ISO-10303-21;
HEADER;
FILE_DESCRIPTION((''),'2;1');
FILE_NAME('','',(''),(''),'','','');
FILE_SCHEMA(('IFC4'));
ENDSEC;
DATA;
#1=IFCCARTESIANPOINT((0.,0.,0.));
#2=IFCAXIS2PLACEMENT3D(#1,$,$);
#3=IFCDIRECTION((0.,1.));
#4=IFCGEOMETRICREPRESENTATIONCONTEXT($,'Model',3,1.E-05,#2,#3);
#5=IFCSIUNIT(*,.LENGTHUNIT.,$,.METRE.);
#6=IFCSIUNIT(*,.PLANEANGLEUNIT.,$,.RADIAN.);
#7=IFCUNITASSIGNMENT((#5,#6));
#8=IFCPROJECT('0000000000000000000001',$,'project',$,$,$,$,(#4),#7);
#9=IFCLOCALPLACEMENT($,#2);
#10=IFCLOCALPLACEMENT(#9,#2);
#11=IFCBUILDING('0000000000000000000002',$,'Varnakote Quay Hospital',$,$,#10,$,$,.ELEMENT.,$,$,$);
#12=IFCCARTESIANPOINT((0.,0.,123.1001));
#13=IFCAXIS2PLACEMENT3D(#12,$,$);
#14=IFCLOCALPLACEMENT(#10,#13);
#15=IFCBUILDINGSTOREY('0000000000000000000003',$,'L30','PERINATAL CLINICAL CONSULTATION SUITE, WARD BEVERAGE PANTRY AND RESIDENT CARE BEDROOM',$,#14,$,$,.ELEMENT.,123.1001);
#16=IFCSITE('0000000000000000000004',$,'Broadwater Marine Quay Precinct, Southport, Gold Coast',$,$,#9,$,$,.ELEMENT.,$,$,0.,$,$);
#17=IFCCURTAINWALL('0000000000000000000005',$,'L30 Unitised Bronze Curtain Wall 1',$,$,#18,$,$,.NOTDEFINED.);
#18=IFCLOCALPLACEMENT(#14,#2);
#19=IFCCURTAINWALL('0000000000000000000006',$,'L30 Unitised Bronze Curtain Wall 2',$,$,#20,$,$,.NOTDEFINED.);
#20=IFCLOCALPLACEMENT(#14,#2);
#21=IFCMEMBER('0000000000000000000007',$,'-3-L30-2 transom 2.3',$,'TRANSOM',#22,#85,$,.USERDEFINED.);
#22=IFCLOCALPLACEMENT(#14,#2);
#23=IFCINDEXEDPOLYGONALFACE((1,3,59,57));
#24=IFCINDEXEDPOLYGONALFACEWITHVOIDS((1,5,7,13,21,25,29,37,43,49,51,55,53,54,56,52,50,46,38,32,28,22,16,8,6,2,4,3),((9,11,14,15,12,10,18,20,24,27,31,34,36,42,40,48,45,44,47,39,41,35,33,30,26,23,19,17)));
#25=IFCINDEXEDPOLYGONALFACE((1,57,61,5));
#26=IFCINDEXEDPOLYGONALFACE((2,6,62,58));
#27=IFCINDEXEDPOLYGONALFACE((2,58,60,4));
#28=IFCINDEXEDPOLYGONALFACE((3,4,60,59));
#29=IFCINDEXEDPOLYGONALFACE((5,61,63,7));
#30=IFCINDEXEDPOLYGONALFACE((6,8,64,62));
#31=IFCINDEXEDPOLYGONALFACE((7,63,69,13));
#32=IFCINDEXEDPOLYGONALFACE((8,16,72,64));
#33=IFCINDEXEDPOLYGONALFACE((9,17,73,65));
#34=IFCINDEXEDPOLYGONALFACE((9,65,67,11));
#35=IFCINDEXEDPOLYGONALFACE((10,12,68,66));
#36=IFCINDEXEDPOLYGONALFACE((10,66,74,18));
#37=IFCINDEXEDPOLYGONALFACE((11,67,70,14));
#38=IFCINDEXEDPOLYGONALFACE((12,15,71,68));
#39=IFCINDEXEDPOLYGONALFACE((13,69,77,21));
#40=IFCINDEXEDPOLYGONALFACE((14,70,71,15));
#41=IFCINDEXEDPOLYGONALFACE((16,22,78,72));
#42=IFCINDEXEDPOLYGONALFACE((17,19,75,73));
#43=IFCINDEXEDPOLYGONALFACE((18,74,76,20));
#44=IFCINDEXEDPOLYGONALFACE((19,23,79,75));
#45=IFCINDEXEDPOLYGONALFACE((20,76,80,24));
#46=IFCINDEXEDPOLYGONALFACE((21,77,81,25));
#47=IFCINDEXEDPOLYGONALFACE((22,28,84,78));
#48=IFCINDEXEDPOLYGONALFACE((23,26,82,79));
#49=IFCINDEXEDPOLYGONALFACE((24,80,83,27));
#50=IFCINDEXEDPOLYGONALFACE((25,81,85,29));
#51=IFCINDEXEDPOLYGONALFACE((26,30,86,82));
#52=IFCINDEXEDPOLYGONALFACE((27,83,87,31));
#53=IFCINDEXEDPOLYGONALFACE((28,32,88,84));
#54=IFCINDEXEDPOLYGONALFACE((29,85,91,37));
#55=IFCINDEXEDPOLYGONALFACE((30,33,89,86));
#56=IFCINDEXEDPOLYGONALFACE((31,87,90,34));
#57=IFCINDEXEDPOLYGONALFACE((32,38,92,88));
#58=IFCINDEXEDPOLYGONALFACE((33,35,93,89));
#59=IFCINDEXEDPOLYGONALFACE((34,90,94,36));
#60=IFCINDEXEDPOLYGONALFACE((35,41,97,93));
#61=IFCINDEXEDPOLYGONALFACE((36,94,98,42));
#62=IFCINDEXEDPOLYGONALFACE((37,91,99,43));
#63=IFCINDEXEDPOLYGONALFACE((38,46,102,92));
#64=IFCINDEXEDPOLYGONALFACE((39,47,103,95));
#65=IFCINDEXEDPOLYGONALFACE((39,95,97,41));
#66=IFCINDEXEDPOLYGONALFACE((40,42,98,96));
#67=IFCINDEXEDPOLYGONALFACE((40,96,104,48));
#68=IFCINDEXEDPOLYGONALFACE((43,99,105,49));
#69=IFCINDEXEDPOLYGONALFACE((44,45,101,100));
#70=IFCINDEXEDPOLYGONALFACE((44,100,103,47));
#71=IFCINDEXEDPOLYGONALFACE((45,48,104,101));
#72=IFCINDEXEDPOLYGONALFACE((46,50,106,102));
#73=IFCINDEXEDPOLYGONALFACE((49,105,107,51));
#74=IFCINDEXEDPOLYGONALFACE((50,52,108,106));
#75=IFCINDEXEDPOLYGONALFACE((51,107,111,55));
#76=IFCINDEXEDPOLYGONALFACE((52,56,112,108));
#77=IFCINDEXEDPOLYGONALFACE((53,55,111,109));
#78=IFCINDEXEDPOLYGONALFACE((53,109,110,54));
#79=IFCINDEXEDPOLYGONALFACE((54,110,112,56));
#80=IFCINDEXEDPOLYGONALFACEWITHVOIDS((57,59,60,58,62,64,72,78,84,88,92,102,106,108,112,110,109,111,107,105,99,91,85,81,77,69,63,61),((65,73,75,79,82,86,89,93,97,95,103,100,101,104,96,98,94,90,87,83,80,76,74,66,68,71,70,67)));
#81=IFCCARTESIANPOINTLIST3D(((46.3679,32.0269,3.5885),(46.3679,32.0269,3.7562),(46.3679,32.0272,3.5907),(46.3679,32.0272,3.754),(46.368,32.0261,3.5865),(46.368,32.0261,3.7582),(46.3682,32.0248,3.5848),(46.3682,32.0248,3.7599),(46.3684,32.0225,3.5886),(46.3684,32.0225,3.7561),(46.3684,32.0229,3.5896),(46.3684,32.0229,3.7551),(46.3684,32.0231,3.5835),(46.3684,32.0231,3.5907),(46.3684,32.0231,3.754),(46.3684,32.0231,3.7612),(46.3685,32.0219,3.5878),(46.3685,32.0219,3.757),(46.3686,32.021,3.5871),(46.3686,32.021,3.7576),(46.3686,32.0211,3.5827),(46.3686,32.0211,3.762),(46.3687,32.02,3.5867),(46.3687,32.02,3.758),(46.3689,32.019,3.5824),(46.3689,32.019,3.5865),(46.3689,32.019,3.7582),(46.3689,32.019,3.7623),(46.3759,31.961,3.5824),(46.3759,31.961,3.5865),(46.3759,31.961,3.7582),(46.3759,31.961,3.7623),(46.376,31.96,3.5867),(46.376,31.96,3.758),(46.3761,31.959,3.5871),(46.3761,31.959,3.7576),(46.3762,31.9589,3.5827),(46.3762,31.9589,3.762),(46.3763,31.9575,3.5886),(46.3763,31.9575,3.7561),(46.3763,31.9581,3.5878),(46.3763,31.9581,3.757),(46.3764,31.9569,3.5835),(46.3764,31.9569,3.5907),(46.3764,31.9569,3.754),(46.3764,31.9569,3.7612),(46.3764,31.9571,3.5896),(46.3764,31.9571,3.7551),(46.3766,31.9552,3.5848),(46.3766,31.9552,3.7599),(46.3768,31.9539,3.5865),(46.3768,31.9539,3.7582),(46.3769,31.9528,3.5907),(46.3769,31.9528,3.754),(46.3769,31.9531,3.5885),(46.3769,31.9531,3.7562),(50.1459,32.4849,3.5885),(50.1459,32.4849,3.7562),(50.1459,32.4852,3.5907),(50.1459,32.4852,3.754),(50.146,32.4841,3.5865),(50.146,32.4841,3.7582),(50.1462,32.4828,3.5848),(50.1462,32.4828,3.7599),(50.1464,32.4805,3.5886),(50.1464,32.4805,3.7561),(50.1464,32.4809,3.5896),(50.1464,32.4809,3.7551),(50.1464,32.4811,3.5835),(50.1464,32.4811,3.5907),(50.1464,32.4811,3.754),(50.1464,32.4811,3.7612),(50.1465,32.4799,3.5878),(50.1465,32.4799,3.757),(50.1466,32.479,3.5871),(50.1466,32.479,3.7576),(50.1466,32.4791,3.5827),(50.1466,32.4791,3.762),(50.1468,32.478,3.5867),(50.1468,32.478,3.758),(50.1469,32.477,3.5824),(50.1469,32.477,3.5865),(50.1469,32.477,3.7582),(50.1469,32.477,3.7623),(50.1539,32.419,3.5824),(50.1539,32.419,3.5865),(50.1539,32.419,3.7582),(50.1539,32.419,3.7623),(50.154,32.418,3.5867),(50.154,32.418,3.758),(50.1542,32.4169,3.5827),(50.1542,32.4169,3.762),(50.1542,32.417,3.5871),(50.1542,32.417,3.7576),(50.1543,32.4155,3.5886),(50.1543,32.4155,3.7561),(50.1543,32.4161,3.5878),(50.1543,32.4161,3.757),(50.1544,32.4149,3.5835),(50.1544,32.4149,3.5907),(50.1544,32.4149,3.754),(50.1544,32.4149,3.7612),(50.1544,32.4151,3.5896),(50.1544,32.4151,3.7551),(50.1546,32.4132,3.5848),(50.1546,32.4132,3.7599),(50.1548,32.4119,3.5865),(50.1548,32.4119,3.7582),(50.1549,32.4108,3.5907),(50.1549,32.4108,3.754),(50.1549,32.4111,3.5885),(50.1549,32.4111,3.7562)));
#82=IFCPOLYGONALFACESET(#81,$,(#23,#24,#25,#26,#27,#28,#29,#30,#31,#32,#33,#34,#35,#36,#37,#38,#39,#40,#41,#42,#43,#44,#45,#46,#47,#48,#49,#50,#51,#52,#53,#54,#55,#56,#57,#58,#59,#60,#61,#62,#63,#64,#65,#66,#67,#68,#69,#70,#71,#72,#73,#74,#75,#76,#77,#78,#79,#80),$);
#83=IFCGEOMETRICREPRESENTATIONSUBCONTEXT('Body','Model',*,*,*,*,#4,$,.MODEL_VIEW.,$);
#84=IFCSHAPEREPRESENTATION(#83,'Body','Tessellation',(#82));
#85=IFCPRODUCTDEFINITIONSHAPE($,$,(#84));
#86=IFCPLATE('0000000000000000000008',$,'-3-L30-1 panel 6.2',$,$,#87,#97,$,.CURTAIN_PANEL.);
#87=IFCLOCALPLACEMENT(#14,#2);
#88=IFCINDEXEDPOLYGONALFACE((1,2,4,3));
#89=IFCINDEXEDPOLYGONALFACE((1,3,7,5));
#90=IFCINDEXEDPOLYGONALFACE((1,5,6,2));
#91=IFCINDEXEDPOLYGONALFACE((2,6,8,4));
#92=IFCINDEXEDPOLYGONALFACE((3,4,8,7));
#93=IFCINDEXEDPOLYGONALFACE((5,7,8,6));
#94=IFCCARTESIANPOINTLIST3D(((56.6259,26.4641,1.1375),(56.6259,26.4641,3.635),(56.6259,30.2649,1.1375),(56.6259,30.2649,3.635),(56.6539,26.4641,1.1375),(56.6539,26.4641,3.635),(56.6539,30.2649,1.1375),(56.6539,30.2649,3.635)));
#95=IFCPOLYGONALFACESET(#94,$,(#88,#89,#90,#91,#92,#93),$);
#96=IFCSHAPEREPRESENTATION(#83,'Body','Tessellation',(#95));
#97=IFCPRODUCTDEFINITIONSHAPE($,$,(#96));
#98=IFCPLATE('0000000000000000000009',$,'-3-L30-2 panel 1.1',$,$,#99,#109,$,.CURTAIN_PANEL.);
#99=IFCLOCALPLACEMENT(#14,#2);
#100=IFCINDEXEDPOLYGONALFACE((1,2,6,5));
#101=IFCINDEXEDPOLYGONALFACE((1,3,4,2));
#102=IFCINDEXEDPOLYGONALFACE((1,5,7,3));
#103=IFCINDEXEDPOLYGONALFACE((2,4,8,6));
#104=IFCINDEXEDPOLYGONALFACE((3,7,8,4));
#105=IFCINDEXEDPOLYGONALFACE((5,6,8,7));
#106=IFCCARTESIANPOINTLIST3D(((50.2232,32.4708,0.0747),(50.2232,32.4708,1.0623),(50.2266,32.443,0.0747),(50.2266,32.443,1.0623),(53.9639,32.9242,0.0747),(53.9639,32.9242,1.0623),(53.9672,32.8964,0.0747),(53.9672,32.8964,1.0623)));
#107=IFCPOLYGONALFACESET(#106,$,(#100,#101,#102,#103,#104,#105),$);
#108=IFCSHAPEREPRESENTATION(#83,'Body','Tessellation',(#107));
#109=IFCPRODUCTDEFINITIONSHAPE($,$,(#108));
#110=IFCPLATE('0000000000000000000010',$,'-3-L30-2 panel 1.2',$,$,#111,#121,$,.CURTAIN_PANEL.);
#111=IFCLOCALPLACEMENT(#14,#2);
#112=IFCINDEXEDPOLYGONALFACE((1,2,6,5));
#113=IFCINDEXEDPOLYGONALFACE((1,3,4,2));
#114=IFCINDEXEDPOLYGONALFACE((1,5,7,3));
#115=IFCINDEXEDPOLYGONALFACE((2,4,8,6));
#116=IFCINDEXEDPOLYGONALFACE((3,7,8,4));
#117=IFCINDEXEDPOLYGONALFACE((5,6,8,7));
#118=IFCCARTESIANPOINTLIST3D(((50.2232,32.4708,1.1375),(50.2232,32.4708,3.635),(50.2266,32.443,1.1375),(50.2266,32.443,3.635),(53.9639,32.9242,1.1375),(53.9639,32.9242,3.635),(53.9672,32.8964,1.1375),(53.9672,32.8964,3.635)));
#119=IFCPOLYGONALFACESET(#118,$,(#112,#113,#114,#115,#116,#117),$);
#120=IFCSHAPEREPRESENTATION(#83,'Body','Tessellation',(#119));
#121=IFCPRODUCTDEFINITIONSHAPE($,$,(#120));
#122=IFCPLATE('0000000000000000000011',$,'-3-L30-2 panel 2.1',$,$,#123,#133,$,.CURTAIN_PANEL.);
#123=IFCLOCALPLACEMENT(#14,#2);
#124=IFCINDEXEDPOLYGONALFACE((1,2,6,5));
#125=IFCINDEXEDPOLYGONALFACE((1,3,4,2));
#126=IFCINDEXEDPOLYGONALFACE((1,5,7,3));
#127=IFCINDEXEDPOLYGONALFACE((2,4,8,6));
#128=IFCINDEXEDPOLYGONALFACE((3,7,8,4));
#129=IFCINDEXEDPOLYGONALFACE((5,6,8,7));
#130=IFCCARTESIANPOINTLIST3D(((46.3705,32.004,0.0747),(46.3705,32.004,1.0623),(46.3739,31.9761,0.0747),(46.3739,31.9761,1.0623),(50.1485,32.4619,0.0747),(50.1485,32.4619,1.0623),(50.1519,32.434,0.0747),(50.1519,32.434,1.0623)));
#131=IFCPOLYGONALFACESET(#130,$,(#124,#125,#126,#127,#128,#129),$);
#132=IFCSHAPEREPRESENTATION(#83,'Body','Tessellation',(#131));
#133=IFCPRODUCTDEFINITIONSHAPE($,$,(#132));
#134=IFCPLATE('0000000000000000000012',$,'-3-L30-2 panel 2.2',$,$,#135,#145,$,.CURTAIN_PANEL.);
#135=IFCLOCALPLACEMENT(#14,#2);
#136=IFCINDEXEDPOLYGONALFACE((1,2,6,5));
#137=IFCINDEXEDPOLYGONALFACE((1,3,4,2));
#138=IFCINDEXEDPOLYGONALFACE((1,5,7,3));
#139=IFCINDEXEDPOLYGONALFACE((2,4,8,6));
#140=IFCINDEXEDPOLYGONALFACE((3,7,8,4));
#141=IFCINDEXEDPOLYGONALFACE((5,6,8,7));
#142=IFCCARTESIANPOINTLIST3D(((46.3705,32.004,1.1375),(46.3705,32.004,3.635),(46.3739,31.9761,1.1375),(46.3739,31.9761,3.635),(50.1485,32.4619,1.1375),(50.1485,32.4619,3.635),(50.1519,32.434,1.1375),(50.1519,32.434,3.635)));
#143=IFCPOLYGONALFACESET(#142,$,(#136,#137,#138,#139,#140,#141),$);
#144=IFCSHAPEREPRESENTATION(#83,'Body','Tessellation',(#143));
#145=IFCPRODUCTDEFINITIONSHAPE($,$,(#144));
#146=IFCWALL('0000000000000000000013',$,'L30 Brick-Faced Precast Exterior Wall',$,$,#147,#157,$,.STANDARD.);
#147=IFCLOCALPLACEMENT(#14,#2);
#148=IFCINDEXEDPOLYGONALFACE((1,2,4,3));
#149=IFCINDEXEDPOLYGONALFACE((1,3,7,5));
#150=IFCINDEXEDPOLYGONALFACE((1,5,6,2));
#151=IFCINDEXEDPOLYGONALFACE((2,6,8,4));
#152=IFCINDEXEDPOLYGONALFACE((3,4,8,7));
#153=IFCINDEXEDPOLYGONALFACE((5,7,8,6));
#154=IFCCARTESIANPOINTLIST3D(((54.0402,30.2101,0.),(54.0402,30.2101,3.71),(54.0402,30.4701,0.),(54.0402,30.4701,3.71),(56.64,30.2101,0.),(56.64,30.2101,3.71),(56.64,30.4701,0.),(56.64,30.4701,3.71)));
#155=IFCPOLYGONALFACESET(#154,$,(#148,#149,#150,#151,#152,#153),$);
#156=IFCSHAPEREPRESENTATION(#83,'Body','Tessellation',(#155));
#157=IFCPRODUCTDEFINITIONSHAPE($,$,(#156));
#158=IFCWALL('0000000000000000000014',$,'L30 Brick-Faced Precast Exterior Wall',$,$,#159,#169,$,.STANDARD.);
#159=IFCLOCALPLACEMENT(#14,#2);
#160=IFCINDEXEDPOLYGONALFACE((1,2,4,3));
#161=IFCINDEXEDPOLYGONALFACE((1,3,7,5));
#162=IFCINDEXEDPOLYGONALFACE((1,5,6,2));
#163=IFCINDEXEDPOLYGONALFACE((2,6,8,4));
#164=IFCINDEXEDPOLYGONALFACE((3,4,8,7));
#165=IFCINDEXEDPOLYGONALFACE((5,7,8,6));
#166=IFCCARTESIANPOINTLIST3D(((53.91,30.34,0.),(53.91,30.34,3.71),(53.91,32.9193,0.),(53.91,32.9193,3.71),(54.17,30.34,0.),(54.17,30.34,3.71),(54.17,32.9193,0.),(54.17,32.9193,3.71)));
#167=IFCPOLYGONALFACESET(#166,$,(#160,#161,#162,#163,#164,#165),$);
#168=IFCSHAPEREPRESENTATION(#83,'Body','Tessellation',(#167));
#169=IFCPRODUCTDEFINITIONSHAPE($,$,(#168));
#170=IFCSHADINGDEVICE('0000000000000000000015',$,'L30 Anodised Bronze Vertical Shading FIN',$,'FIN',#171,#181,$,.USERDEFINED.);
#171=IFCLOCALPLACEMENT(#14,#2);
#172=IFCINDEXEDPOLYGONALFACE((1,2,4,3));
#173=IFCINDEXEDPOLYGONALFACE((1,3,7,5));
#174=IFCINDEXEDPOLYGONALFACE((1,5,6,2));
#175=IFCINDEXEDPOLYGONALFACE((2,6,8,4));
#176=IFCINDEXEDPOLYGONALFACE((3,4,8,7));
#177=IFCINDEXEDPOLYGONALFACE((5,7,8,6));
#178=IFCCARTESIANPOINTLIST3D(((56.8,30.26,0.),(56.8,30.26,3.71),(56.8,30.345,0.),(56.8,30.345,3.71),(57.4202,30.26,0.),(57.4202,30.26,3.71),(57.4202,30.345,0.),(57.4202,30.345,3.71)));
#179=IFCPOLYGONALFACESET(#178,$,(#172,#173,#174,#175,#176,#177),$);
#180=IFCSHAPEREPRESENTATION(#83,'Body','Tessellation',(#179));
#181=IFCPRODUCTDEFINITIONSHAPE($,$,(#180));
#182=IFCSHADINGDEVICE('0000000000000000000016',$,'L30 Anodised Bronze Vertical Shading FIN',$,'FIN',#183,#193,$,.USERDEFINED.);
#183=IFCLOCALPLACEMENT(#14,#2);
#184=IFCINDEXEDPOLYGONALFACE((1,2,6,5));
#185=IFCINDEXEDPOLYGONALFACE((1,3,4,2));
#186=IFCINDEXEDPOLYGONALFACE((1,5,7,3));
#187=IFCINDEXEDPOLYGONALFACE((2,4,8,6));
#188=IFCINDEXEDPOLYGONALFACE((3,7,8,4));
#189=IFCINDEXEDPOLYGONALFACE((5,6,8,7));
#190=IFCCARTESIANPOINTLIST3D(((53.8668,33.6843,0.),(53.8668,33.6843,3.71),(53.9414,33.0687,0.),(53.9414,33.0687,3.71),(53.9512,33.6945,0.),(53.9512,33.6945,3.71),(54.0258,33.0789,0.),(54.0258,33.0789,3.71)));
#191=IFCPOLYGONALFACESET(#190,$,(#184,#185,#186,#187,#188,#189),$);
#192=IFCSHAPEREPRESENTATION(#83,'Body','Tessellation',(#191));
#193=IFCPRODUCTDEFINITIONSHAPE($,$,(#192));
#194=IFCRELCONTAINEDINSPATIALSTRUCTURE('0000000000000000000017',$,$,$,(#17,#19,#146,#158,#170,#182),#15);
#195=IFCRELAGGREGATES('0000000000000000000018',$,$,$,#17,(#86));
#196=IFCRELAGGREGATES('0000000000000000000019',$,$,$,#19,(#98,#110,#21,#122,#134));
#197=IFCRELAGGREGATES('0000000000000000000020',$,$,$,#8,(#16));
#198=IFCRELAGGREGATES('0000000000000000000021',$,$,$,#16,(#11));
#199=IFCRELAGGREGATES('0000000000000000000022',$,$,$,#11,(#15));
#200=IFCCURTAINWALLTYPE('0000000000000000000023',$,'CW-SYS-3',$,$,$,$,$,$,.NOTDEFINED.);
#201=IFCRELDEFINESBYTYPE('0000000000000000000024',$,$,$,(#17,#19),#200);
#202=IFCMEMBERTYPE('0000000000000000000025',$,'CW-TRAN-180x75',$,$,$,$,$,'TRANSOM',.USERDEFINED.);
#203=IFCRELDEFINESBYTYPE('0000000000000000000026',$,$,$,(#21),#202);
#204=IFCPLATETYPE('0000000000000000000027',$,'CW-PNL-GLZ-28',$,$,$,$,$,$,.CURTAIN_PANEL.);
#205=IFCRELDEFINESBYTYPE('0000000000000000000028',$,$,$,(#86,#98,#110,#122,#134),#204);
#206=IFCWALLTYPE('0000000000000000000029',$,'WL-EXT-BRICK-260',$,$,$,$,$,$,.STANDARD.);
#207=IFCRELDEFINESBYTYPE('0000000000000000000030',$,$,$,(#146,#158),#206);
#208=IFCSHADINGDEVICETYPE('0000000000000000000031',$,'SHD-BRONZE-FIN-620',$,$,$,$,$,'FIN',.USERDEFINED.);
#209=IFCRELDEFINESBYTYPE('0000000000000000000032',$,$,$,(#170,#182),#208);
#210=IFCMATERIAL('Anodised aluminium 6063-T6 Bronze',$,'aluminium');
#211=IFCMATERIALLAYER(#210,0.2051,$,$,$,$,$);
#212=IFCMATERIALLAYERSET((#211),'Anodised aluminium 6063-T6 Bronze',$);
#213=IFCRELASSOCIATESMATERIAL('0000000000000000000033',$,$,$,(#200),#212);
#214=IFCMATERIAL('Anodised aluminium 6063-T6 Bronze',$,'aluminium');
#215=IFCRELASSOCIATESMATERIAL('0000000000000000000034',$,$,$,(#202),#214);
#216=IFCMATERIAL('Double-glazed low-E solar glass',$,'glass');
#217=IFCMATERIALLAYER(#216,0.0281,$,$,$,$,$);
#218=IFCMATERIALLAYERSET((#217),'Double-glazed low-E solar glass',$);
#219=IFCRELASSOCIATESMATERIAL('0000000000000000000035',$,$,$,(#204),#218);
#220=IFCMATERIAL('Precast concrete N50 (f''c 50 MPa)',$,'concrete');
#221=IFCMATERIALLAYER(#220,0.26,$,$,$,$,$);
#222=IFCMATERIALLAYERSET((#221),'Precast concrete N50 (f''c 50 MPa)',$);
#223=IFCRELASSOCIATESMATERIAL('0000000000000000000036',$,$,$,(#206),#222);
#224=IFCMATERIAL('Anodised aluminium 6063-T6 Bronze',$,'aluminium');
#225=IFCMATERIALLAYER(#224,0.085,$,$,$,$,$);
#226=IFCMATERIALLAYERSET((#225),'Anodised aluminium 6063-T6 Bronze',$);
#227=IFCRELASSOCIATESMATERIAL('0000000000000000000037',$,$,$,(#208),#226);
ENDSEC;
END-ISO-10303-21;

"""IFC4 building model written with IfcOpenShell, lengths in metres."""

from ifc_helpers import new_model, si_unit, direction, frame, frame_2d, origin, origin_2d, place, context, subcontext, project, spatial, rectangle, hollow_rectangle, extrude, material, layer, layer_set, material_profile, profile_set, type_object, element, aggregate, save


model = new_model("IFC4")

# Units and contexts
model_context = context("Model", 3, precision=1e-05, world=origin(), true_north=direction((0.0, 1.0)))
body_context = subcontext(model_context, "Body", "Model", "MODEL_VIEW")
ifc_project = project(units=[si_unit("LENGTHUNIT", "METRE"), si_unit("PLANEANGLEUNIT", "RADIAN")], contexts=[model_context])

# Site, building, storey
site_placement = place(None, origin())
site = spatial("IfcSite", under=ifc_project, at=site_placement, Name="Broadwater Marine Quay Precinct, Southport, Gold Coast", CompositionType="ELEMENT", RefElevation=0.0)
building_placement = place(site_placement, origin())
building = spatial("IfcBuilding", under=site, at=building_placement, Name="Varnakote Quay Hospital", CompositionType="ELEMENT")
storey_placement = place(building_placement, frame((0.0, 0.0, 123.1001)))
storey = spatial("IfcBuildingStorey", under=building, at=storey_placement, Name="L30", Description="PERINATAL CLINICAL CONSULTATION SUITE, WARD BEVERAGE PANTRY AND RESIDENT CARE BEDROOM", CompositionType="ELEMENT", Elevation=123.1001)

# Curtain wall
ifc_material_1 = material(Name="Anodised aluminium 6063-T6 Bronze", Category="aluminium")
ifc_layer_1 = layer(ifc_material_1, 0.2051)
ifc_layer_set_1 = layer_set([ifc_layer_1], Name="Anodised aluminium 6063-T6 Bronze")
curtain_wall_type = type_object("IfcCurtainWallType", Name="CW-SYS-3", PredefinedType="NOTDEFINED", material=ifc_layer_set_1)
curtain_wall_1_placement = place(storey_placement, origin())
curtain_wall_1 = element("IfcCurtainWall", 1, at=curtain_wall_1_placement, inside=storey, type_object=curtain_wall_type, Name="L30 Unitised Bronze Curtain Wall 1", PredefinedType="NOTDEFINED")

# Curtain wall, member
curtain_wall_2_placement = place(storey_placement, origin())
curtain_wall_2 = element("IfcCurtainWall", 2, at=curtain_wall_2_placement, inside=storey, type_object=curtain_wall_type, Name="L30 Unitised Bronze Curtain Wall 2", PredefinedType="NOTDEFINED")
ifc_material_2 = material(Name="Anodised aluminium 6063-T6 Bronze", Category="aluminium")
ifc_material_profile_1 = material_profile(ifc_material_2, hollow_rectangle(XDim=0.075, YDim=0.1799, WallThickness=0.0042, InnerFilletRadius=0.0042, OuterFilletRadius=0.0083, at=origin_2d()), Name="CW-TRAN-180x75")
ifc_profile_set_1 = profile_set([ifc_material_profile_1], Name="Anodised aluminium 6063-T6 Bronze")
member_type_1 = type_object("IfcMemberType", Name="CW-TRAN-180x75", ElementType="TRANSOM", PredefinedType="USERDEFINED", material=ifc_profile_set_1)
member_1_placement = place(storey_placement, frame((50.1504, 32.448, 3.6724), z_axis=(-0.992732, -0.120347, 0.0), x_axis=(0.120347, -0.992732, 0.0)))
member_1 = element("IfcMember", 3, at=member_1_placement, type_object=member_type_1, Name="-3-L30-2 transom 2.3", ObjectType="TRANSOM", PredefinedType="USERDEFINED", context=body_context, shape_type="SweptSolid", body=[
    extrude(hollow_rectangle(XDim=0.075, YDim=0.1799, WallThickness=0.0042, InnerFilletRadius=0.0042, OuterFilletRadius=0.0083, at=origin_2d()), origin(), (0.0, 0.0, 1.0), 3.8057),
])

# Plates
ifc_material_3 = material(Name="Double-glazed low-E solar glass", Category="glass")
ifc_layer_2 = layer(ifc_material_3, 0.0281)
ifc_layer_set_2 = layer_set([ifc_layer_2], Name="Double-glazed low-E solar glass")
plate_type = type_object("IfcPlateType", Name="CW-PNL-GLZ-28", PredefinedType="CURTAIN_PANEL", material=ifc_layer_set_2)
plate_1_placement = place(storey_placement, frame((56.6399, 28.3645, 1.1375), z_axis=(0.0, 0.0, 1.0), x_axis=(0.0, 1.0, 0.0)))
plate_1 = element("IfcPlate", 4, at=plate_1_placement, type_object=plate_type, Name="-3-L30-1 panel 6.2", PredefinedType="CURTAIN_PANEL", context=body_context, shape_type="SweptSolid", body=[
    extrude(rectangle(XDim=3.8008, YDim=0.0281, at=origin_2d()), origin(), (0.0, 0.0, 1.0), 2.4976),
])
aggregate(curtain_wall_1, [plate_1])
plate_2_placement = place(storey_placement, frame((52.0952, 32.6836, 0.0747), z_axis=(0.0, 0.0, 1.0), x_axis=(-0.992734, -0.120327, 0.0)))
plate_2 = element("IfcPlate", 5, at=plate_2_placement, type_object=plate_type, Name="-3-L30-2 panel 1.1", PredefinedType="CURTAIN_PANEL", context=body_context, shape_type="SweptSolid", body=[
    extrude(rectangle(XDim=3.7681, YDim=0.0281, at=origin_2d()), origin(), (0.0, 0.0, 1.0), 0.9875),
])
plate_3_placement = place(storey_placement, frame((52.0952, 32.6836, 1.1375), z_axis=(0.0, 0.0, 1.0), x_axis=(-0.992734, -0.120327, 0.0)))
plate_3 = element("IfcPlate", 6, at=plate_3_placement, type_object=plate_type, Name="-3-L30-2 panel 1.2", PredefinedType="CURTAIN_PANEL", context=body_context, shape_type="SweptSolid", body=[
    extrude(rectangle(XDim=3.7681, YDim=0.0281, at=origin_2d()), origin(), (0.0, 0.0, 1.0), 2.4976),
])
plate_4_placement = place(storey_placement, frame((48.2612, 32.219, 0.0747), z_axis=(0.0, 0.0, 1.0), x_axis=(-0.992734, -0.120327, 0.0)))
plate_4 = element("IfcPlate", 7, at=plate_4_placement, type_object=plate_type, Name="-3-L30-2 panel 2.1", PredefinedType="CURTAIN_PANEL", context=body_context, shape_type="SweptSolid", body=[
    extrude(rectangle(XDim=3.8057, YDim=0.0281, at=origin_2d()), origin(), (0.0, 0.0, 1.0), 0.9875),
])
plate_5_placement = place(storey_placement, frame((48.2612, 32.219, 1.1375), z_axis=(0.0, 0.0, 1.0), x_axis=(-0.992734, -0.120327, 0.0)))
plate_5 = element("IfcPlate", 8, at=plate_5_placement, type_object=plate_type, Name="-3-L30-2 panel 2.2", PredefinedType="CURTAIN_PANEL", context=body_context, shape_type="SweptSolid", body=[
    extrude(rectangle(XDim=3.8057, YDim=0.0281, at=origin_2d()), origin(), (0.0, 0.0, 1.0), 2.4976),
])
aggregate(curtain_wall_2, [plate_2, plate_3, member_1, plate_4, plate_5])

# Walls
ifc_material_4 = material(Name="Precast concrete N50 (f'c 50 MPa)", Category="concrete")
ifc_layer_3 = layer(ifc_material_4, 0.26)
ifc_layer_set_3 = layer_set([ifc_layer_3], Name="Precast concrete N50 (f'c 50 MPa)")
wall_type = type_object("IfcWallType", Name="WL-EXT-BRICK-260", PredefinedType="STANDARD", material=ifc_layer_set_3)
wall_1_placement = place(storey_placement, frame((56.6399, 30.3401, 0.0), z_axis=(0.0, 0.0, 1.0), x_axis=(-1.0, 0.0, 0.0)))
element("IfcWall", 9, at=wall_1_placement, inside=storey, type_object=wall_type, Name="L30 Brick-Faced Precast Exterior Wall", PredefinedType="STANDARD", context=body_context, shape_type="SweptSolid", body=[
    extrude(rectangle(XDim=2.5999, YDim=0.26, at=frame_2d((1.2998, 0.0))), origin(), (0.0, 0.0, 1.0), 3.71),
])
wall_2_placement = place(storey_placement, frame((54.04, 30.3401, 0.0), z_axis=(0.0, 0.0, 1.0), x_axis=(0.0, 1.0, 0.0)))
element("IfcWall", 10, at=wall_2_placement, inside=storey, type_object=wall_type, Name="L30 Brick-Faced Precast Exterior Wall", PredefinedType="STANDARD", context=body_context, shape_type="SweptSolid", body=[
    extrude(rectangle(XDim=2.5793, YDim=0.26, at=frame_2d((1.2896, 0.0))), origin(), (0.0, 0.0, 1.0), 3.71),
])

# Shading devices
ifc_material_5 = material(Name="Anodised aluminium 6063-T6 Bronze", Category="aluminium")
ifc_layer_4 = layer(ifc_material_5, 0.085)
ifc_layer_set_4 = layer_set([ifc_layer_4], Name="Anodised aluminium 6063-T6 Bronze")
shading_device_type = type_object("IfcShadingDeviceType", Name="SHD-BRONZE-FIN-620", ElementType="FIN", PredefinedType="USERDEFINED", material=ifc_layer_set_4)
for number, where, z_axis, x_axis, name in (
    (11, (57.1101, 30.3025, 0.0), (0.0, 0.0, 1.0), (-1.0, 0.0, 0.0), "L30 Anodised Bronze Vertical Shading FIN"),
    (12, (53.9463, 33.3816, 0.0), (0.0, 0.0, 1.0), (0.12031, -0.992736, 0.0), "L30 Anodised Bronze Vertical Shading FIN"),
):
    element("IfcShadingDevice", number, at=place(storey_placement, frame(where, z_axis=z_axis, x_axis=x_axis)), inside=storey, type_object=shading_device_type, Name=name, ObjectType="FIN", PredefinedType="USERDEFINED", context=body_context, shape_type="SweptSolid", body=[
        extrude(rectangle(XDim=0.6201, YDim=0.085, at=origin_2d()), origin(), (0.0, 0.0, 1.0), 3.71),
    ])

save(model, "model.ifc")
